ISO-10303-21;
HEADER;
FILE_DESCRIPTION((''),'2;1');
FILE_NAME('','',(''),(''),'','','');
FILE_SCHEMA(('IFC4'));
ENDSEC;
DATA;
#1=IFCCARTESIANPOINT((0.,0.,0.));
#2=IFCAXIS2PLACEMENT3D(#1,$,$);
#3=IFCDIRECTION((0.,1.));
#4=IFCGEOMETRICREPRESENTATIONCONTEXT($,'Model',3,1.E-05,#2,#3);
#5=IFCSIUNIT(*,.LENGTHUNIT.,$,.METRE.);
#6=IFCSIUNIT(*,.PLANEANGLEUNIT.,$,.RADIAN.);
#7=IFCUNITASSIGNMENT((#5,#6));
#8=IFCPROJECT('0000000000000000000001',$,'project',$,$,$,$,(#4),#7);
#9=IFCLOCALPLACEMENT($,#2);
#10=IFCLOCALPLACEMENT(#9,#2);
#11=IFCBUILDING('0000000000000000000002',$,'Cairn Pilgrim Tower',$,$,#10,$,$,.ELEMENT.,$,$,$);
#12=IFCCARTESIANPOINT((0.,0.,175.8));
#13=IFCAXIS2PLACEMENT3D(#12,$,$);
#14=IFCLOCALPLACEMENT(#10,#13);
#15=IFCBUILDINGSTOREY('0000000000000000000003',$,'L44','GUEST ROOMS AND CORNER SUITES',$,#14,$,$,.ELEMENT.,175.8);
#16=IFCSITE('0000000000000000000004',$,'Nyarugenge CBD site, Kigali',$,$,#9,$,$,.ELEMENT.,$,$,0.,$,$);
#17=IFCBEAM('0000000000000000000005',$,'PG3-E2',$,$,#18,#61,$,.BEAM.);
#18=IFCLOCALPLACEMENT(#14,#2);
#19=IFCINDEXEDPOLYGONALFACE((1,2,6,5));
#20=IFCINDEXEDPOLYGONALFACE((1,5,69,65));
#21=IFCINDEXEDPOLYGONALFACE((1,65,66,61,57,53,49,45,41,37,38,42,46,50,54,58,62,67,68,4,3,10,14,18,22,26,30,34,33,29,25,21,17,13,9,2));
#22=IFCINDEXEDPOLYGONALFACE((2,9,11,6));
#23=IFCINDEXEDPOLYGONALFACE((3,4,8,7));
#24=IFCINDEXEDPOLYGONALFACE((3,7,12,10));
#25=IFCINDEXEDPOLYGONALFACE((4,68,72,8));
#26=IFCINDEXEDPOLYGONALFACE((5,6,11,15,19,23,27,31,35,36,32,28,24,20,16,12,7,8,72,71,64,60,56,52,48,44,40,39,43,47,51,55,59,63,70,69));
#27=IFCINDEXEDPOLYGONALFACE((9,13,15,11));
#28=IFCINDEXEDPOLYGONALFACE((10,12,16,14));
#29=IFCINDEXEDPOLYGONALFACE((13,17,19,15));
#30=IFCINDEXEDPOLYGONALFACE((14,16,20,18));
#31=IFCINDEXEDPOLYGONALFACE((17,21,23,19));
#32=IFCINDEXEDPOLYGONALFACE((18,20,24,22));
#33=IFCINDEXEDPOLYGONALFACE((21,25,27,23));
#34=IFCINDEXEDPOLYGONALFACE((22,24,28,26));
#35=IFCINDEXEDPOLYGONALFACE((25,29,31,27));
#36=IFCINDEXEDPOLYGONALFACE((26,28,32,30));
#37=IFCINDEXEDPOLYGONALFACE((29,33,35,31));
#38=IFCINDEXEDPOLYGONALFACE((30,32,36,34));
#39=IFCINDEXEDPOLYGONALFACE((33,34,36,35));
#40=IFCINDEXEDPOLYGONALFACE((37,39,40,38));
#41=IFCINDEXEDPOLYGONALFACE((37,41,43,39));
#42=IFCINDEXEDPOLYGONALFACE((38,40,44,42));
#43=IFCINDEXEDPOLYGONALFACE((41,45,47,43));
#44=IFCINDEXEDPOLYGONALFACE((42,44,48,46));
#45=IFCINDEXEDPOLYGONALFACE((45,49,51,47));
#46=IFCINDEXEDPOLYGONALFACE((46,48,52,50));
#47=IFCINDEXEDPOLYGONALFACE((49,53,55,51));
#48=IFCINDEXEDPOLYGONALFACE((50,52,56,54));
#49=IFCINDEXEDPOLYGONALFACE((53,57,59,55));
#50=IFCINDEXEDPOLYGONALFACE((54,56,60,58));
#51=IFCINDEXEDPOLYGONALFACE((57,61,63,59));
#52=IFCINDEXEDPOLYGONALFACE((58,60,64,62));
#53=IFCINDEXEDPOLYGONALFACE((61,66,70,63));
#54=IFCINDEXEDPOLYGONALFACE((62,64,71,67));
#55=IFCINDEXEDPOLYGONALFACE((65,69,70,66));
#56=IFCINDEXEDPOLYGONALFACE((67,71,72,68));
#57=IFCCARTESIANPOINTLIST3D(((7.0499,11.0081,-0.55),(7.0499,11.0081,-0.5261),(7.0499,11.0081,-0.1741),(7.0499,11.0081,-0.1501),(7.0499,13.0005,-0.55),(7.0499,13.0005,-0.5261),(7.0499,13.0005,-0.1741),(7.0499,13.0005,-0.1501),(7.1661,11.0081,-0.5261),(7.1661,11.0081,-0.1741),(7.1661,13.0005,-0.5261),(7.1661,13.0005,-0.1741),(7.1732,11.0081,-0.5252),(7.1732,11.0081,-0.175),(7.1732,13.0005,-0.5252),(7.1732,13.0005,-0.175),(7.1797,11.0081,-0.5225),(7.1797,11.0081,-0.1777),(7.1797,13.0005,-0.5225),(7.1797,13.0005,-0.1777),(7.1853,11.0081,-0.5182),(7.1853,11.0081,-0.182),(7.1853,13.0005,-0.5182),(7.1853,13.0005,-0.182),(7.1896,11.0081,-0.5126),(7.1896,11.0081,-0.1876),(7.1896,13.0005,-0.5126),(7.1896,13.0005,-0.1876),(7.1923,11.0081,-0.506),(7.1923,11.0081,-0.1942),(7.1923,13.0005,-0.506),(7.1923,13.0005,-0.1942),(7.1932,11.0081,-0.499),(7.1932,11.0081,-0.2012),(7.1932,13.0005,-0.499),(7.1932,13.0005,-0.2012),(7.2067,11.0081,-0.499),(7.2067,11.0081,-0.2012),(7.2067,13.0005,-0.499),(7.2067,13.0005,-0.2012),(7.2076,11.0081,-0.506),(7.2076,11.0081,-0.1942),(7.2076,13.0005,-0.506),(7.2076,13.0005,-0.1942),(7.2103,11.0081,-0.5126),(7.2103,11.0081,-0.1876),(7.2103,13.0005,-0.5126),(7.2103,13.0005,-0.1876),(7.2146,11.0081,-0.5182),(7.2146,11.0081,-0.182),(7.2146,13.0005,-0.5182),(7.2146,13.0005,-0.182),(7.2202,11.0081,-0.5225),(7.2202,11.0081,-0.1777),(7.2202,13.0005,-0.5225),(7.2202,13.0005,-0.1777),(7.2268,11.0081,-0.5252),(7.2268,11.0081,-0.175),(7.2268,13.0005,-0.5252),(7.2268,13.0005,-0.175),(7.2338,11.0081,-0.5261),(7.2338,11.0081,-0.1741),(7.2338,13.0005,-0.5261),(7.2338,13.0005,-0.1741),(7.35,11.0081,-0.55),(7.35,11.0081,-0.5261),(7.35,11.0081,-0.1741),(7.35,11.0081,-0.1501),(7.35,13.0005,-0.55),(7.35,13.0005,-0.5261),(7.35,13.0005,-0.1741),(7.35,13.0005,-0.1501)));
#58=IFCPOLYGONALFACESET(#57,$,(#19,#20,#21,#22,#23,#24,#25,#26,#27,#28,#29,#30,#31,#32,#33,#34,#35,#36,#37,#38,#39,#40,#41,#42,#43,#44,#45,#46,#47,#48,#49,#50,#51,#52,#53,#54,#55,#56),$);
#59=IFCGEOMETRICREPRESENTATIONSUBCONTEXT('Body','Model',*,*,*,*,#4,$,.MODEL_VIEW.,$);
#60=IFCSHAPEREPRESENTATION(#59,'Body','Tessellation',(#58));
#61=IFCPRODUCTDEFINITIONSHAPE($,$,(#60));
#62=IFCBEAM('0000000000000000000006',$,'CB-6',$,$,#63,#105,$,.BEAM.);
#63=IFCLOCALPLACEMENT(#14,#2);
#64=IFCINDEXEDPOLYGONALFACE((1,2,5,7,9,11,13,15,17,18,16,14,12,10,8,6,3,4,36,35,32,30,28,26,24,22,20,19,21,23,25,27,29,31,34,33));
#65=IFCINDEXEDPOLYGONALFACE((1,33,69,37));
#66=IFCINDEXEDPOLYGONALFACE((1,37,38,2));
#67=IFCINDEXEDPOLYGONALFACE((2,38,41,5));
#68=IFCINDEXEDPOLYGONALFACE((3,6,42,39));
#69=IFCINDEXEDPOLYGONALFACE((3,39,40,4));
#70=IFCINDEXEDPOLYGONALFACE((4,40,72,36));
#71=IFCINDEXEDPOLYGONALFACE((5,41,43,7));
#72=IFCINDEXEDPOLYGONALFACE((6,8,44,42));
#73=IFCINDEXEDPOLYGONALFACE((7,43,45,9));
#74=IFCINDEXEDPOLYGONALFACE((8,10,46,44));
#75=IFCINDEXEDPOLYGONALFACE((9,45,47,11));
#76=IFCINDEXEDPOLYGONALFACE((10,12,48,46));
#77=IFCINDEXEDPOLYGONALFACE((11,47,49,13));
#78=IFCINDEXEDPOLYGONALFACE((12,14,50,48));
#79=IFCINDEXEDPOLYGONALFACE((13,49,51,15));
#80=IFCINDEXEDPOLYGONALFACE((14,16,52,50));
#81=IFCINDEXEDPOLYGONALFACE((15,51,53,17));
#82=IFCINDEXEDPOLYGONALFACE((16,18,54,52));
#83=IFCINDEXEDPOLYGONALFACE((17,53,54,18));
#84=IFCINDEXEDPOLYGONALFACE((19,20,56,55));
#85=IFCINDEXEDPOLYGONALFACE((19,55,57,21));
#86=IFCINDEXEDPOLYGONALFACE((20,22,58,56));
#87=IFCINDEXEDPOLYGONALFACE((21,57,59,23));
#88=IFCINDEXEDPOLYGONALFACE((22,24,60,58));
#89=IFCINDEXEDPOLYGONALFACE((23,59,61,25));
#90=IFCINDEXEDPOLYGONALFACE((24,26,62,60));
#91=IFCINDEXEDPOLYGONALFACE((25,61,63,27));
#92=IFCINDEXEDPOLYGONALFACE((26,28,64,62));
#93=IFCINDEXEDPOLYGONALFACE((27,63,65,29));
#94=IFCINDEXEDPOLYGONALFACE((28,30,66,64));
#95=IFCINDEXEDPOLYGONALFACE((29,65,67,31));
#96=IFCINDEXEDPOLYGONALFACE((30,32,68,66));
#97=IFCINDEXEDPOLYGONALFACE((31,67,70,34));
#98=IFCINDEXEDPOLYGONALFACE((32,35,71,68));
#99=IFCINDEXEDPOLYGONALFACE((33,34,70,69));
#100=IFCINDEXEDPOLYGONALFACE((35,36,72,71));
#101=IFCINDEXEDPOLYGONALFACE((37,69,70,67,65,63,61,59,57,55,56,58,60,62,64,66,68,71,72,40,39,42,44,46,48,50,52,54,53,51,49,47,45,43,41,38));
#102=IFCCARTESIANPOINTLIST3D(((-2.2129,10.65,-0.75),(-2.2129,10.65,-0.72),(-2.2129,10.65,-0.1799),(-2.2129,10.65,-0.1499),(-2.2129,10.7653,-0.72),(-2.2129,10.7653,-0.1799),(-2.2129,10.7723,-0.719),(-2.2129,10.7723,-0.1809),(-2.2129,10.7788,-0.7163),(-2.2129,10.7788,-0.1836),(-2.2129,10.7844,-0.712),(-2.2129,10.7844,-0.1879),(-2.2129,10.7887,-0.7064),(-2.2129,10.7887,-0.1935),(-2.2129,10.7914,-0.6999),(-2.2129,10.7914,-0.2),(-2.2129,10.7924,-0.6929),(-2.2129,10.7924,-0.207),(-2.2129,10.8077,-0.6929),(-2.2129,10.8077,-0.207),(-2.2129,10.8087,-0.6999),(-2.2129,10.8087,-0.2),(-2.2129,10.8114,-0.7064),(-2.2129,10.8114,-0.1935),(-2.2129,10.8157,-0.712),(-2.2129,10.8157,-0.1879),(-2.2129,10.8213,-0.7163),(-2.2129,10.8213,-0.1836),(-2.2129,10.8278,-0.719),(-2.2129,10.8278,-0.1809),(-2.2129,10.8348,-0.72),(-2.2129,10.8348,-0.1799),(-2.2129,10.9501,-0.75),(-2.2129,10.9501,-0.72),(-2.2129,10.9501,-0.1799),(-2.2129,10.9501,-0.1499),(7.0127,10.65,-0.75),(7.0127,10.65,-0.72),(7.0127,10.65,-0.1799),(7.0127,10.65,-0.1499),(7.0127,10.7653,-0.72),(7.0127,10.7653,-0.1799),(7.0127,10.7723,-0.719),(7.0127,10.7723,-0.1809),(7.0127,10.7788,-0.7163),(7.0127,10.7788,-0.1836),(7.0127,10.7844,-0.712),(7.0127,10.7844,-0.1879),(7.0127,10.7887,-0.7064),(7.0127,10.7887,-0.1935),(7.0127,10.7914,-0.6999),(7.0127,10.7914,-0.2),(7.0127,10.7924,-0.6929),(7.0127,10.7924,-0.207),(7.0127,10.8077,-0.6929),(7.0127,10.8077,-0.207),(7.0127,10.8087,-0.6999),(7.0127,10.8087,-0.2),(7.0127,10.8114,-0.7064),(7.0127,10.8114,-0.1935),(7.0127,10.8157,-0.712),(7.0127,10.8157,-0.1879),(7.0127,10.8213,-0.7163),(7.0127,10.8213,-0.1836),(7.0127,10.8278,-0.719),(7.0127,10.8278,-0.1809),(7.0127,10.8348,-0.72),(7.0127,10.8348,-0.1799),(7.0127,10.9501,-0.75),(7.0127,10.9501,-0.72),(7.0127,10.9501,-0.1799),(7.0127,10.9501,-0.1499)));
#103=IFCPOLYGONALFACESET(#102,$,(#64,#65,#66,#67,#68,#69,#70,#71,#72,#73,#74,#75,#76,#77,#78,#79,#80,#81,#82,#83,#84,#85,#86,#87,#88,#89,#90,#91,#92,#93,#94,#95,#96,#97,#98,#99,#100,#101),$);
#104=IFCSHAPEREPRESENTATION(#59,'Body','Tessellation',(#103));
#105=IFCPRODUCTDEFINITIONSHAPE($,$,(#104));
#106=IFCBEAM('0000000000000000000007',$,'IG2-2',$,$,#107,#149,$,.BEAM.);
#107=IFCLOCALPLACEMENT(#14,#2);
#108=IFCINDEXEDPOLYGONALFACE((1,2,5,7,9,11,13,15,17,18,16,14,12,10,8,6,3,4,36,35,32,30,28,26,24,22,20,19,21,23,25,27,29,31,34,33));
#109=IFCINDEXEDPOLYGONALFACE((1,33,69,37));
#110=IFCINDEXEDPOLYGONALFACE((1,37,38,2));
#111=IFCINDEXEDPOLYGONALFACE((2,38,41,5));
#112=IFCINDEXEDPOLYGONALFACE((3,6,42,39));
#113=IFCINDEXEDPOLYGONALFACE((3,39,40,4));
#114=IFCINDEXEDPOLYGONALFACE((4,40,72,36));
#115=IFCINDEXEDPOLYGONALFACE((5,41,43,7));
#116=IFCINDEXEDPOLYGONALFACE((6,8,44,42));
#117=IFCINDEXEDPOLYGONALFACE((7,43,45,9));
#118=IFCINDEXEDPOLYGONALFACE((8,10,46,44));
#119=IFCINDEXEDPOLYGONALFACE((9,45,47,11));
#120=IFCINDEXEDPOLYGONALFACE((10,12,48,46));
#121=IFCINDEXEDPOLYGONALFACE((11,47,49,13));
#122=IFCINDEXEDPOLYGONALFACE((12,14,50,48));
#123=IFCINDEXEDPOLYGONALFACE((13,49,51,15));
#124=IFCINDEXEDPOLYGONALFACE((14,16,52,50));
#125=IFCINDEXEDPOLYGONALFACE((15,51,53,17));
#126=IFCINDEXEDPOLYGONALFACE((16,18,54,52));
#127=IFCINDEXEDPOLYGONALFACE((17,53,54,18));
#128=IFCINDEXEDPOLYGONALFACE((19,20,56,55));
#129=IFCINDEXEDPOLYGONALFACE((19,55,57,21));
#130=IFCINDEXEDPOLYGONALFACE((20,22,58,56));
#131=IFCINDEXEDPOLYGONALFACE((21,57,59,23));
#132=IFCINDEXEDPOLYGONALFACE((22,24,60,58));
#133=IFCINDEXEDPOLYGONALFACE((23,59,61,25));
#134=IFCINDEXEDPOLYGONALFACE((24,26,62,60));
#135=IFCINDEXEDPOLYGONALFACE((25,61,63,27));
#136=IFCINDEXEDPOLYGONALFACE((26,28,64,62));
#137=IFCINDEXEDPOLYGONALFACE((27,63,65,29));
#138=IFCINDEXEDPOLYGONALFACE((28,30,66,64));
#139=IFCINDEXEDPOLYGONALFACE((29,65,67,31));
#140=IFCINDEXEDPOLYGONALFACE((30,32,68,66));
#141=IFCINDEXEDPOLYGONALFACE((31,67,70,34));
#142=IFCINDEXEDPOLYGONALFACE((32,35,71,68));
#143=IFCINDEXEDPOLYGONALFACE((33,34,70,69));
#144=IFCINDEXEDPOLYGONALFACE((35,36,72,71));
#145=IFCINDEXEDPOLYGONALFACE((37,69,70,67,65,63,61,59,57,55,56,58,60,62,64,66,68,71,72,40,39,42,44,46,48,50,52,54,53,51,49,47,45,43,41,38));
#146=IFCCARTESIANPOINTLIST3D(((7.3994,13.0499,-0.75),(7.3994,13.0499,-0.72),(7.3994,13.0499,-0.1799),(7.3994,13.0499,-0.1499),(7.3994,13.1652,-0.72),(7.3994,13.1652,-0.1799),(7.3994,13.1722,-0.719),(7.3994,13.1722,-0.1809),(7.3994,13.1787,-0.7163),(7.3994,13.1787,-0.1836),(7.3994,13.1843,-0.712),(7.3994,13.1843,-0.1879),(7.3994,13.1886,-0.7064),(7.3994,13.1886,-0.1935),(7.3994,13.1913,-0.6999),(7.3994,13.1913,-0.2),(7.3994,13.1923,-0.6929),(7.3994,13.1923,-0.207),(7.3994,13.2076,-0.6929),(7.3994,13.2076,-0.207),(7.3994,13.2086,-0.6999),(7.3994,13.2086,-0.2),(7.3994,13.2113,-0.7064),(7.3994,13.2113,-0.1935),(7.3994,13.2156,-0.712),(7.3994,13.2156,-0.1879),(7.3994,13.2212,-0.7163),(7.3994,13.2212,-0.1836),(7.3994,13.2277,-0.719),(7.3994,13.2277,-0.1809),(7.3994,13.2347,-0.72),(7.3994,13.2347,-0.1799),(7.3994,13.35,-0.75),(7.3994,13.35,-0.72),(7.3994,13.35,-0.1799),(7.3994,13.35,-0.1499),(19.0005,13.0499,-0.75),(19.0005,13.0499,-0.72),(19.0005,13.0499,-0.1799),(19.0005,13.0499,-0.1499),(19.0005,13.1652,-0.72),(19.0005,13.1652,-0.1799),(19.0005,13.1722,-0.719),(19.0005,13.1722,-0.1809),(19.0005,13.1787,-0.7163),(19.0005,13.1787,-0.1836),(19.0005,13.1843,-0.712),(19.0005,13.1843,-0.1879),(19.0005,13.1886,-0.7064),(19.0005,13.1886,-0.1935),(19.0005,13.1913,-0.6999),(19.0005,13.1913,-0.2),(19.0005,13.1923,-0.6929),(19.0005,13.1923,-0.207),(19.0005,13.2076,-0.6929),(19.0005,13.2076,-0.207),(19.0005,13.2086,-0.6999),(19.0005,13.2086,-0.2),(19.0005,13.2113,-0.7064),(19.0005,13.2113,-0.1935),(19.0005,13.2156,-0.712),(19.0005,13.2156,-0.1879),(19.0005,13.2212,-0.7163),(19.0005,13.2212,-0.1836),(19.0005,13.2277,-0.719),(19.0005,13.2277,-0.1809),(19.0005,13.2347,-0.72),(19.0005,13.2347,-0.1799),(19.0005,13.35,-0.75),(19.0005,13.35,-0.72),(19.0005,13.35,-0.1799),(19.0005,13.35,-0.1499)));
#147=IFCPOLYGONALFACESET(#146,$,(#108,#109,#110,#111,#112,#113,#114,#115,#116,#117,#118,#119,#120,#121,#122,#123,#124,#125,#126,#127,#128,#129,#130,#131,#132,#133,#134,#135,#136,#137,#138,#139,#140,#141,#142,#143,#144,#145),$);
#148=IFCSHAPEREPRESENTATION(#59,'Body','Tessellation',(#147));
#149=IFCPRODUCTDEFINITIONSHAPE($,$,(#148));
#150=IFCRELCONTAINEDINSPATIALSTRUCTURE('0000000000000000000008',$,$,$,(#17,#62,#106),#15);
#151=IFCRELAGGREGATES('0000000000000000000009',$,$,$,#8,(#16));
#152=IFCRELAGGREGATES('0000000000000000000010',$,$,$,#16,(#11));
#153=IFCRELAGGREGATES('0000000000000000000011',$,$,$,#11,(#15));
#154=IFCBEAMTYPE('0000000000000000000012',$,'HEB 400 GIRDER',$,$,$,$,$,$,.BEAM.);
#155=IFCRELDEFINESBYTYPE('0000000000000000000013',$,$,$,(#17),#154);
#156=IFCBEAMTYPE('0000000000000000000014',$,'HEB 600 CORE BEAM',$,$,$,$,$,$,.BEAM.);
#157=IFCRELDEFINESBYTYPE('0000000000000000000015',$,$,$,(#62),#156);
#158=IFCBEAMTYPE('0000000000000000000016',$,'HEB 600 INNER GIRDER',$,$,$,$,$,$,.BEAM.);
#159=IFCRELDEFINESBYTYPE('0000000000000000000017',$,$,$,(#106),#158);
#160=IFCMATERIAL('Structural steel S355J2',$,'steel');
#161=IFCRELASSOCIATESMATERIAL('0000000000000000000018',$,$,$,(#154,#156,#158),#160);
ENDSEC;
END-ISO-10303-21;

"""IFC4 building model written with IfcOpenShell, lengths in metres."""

from ifc_helpers import new_model, si_unit, direction, frame, origin, origin_2d, place, context, subcontext, project, spatial, i_section, extrude, material, material_profile, profile_set, type_object, element, save


model = new_model("IFC4")

# Units and contexts
model_context = context("Model", 3, precision=1e-05, world=origin(), true_north=direction((0.0, 1.0)))
body_context = subcontext(model_context, "Body", "Model", "MODEL_VIEW")
ifc_project = project(units=[si_unit("LENGTHUNIT", "METRE"), si_unit("PLANEANGLEUNIT", "RADIAN")], contexts=[model_context])

# Site, building, storey
site_placement = place(None, origin())
site = spatial("IfcSite", under=ifc_project, at=site_placement, Name="Nyarugenge CBD site, Kigali", CompositionType="ELEMENT", RefElevation=0.0)
building_placement = place(site_placement, origin())
building = spatial("IfcBuilding", under=site, at=building_placement, Name="Cairn Pilgrim Tower", CompositionType="ELEMENT")
storey_placement = place(building_placement, frame((0.0, 0.0, 175.8)))
storey = spatial("IfcBuildingStorey", under=building, at=storey_placement, Name="L44", Description="GUEST ROOMS AND CORNER SUITES", CompositionType="ELEMENT", Elevation=175.8)

# Shared definitions
ifc_material_1 = material(Name="Structural steel S355J2", Category="steel")

# Beams
ifc_material_profile_1 = material_profile(ifc_material_1, i_section(OverallWidth=0.3, OverallDepth=0.3999, WebThickness=0.0134, FlangeThickness=0.0239, FilletRadius=0.0271, at=origin_2d()), Name="HEB 400")
ifc_profile_set_1 = profile_set([ifc_material_profile_1], Name="Structural steel S355J2")
beam_type_1 = type_object("IfcBeamType", Name="HEB 400 GIRDER", PredefinedType="BEAM", material=ifc_profile_set_1)
beam_1_placement = place(storey_placement, frame((7.2, 11.0081, -0.3501), z_axis=(0.0, 1.0, 0.0), x_axis=(-1.0, 0.0, 0.0)))
element("IfcBeam", 1, at=beam_1_placement, inside=storey, type_object=beam_type_1, Name="PG3-E2", PredefinedType="BEAM", context=body_context, shape_type="SweptSolid", body=[
    extrude(i_section(OverallWidth=0.3, OverallDepth=0.3999, WebThickness=0.0134, FlangeThickness=0.0239, FilletRadius=0.0271, at=origin_2d()), origin(), (0.0, 0.0, 1.0), 1.9924),
])
ifc_material_profile_2 = material_profile(ifc_material_1, i_section(OverallWidth=0.3, OverallDepth=0.6001, WebThickness=0.0154, FlangeThickness=0.03, FilletRadius=0.0271, at=origin_2d()), Name="HEB 600")
ifc_profile_set_2 = profile_set([ifc_material_profile_2], Name="Structural steel S355J2")
beam_type_2 = type_object("IfcBeamType", Name="HEB 600 CORE BEAM", PredefinedType="BEAM", material=ifc_profile_set_2)
beam_2_placement = place(storey_placement, frame((7.0127, 10.8, -0.45), z_axis=(-1.0, 0.0, 0.0), x_axis=(0.0, -1.0, 0.0)))
element("IfcBeam", 2, at=beam_2_placement, inside=storey, type_object=beam_type_2, Name="CB-6", PredefinedType="BEAM", context=body_context, shape_type="SweptSolid", body=[
    extrude(i_section(OverallWidth=0.3, OverallDepth=0.6001, WebThickness=0.0154, FlangeThickness=0.03, FilletRadius=0.0271, at=origin_2d()), origin(), (0.0, 0.0, 1.0), 9.2256),
])
ifc_material_profile_3 = material_profile(ifc_material_1, i_section(OverallWidth=0.3, OverallDepth=0.6001, WebThickness=0.0154, FlangeThickness=0.03, FilletRadius=0.0271, at=origin_2d()), Name="HEB 600")
ifc_profile_set_3 = profile_set([ifc_material_profile_3], Name="Structural steel S355J2")
beam_type_3 = type_object("IfcBeamType", Name="HEB 600 INNER GIRDER", PredefinedType="BEAM", material=ifc_profile_set_3)
beam_3_placement = place(storey_placement, frame((7.3994, 13.2, -0.45), z_axis=(1.0, 0.0, 0.0), x_axis=(0.0, 1.0, 0.0)))
element("IfcBeam", 3, at=beam_3_placement, inside=storey, type_object=beam_type_3, Name="IG2-2", PredefinedType="BEAM", context=body_context, shape_type="SweptSolid", body=[
    extrude(i_section(OverallWidth=0.3, OverallDepth=0.6001, WebThickness=0.0154, FlangeThickness=0.03, FilletRadius=0.0271, at=origin_2d()), origin(), (0.0, 0.0, 1.0), 11.6011),
])

save(model, "model.ifc")
